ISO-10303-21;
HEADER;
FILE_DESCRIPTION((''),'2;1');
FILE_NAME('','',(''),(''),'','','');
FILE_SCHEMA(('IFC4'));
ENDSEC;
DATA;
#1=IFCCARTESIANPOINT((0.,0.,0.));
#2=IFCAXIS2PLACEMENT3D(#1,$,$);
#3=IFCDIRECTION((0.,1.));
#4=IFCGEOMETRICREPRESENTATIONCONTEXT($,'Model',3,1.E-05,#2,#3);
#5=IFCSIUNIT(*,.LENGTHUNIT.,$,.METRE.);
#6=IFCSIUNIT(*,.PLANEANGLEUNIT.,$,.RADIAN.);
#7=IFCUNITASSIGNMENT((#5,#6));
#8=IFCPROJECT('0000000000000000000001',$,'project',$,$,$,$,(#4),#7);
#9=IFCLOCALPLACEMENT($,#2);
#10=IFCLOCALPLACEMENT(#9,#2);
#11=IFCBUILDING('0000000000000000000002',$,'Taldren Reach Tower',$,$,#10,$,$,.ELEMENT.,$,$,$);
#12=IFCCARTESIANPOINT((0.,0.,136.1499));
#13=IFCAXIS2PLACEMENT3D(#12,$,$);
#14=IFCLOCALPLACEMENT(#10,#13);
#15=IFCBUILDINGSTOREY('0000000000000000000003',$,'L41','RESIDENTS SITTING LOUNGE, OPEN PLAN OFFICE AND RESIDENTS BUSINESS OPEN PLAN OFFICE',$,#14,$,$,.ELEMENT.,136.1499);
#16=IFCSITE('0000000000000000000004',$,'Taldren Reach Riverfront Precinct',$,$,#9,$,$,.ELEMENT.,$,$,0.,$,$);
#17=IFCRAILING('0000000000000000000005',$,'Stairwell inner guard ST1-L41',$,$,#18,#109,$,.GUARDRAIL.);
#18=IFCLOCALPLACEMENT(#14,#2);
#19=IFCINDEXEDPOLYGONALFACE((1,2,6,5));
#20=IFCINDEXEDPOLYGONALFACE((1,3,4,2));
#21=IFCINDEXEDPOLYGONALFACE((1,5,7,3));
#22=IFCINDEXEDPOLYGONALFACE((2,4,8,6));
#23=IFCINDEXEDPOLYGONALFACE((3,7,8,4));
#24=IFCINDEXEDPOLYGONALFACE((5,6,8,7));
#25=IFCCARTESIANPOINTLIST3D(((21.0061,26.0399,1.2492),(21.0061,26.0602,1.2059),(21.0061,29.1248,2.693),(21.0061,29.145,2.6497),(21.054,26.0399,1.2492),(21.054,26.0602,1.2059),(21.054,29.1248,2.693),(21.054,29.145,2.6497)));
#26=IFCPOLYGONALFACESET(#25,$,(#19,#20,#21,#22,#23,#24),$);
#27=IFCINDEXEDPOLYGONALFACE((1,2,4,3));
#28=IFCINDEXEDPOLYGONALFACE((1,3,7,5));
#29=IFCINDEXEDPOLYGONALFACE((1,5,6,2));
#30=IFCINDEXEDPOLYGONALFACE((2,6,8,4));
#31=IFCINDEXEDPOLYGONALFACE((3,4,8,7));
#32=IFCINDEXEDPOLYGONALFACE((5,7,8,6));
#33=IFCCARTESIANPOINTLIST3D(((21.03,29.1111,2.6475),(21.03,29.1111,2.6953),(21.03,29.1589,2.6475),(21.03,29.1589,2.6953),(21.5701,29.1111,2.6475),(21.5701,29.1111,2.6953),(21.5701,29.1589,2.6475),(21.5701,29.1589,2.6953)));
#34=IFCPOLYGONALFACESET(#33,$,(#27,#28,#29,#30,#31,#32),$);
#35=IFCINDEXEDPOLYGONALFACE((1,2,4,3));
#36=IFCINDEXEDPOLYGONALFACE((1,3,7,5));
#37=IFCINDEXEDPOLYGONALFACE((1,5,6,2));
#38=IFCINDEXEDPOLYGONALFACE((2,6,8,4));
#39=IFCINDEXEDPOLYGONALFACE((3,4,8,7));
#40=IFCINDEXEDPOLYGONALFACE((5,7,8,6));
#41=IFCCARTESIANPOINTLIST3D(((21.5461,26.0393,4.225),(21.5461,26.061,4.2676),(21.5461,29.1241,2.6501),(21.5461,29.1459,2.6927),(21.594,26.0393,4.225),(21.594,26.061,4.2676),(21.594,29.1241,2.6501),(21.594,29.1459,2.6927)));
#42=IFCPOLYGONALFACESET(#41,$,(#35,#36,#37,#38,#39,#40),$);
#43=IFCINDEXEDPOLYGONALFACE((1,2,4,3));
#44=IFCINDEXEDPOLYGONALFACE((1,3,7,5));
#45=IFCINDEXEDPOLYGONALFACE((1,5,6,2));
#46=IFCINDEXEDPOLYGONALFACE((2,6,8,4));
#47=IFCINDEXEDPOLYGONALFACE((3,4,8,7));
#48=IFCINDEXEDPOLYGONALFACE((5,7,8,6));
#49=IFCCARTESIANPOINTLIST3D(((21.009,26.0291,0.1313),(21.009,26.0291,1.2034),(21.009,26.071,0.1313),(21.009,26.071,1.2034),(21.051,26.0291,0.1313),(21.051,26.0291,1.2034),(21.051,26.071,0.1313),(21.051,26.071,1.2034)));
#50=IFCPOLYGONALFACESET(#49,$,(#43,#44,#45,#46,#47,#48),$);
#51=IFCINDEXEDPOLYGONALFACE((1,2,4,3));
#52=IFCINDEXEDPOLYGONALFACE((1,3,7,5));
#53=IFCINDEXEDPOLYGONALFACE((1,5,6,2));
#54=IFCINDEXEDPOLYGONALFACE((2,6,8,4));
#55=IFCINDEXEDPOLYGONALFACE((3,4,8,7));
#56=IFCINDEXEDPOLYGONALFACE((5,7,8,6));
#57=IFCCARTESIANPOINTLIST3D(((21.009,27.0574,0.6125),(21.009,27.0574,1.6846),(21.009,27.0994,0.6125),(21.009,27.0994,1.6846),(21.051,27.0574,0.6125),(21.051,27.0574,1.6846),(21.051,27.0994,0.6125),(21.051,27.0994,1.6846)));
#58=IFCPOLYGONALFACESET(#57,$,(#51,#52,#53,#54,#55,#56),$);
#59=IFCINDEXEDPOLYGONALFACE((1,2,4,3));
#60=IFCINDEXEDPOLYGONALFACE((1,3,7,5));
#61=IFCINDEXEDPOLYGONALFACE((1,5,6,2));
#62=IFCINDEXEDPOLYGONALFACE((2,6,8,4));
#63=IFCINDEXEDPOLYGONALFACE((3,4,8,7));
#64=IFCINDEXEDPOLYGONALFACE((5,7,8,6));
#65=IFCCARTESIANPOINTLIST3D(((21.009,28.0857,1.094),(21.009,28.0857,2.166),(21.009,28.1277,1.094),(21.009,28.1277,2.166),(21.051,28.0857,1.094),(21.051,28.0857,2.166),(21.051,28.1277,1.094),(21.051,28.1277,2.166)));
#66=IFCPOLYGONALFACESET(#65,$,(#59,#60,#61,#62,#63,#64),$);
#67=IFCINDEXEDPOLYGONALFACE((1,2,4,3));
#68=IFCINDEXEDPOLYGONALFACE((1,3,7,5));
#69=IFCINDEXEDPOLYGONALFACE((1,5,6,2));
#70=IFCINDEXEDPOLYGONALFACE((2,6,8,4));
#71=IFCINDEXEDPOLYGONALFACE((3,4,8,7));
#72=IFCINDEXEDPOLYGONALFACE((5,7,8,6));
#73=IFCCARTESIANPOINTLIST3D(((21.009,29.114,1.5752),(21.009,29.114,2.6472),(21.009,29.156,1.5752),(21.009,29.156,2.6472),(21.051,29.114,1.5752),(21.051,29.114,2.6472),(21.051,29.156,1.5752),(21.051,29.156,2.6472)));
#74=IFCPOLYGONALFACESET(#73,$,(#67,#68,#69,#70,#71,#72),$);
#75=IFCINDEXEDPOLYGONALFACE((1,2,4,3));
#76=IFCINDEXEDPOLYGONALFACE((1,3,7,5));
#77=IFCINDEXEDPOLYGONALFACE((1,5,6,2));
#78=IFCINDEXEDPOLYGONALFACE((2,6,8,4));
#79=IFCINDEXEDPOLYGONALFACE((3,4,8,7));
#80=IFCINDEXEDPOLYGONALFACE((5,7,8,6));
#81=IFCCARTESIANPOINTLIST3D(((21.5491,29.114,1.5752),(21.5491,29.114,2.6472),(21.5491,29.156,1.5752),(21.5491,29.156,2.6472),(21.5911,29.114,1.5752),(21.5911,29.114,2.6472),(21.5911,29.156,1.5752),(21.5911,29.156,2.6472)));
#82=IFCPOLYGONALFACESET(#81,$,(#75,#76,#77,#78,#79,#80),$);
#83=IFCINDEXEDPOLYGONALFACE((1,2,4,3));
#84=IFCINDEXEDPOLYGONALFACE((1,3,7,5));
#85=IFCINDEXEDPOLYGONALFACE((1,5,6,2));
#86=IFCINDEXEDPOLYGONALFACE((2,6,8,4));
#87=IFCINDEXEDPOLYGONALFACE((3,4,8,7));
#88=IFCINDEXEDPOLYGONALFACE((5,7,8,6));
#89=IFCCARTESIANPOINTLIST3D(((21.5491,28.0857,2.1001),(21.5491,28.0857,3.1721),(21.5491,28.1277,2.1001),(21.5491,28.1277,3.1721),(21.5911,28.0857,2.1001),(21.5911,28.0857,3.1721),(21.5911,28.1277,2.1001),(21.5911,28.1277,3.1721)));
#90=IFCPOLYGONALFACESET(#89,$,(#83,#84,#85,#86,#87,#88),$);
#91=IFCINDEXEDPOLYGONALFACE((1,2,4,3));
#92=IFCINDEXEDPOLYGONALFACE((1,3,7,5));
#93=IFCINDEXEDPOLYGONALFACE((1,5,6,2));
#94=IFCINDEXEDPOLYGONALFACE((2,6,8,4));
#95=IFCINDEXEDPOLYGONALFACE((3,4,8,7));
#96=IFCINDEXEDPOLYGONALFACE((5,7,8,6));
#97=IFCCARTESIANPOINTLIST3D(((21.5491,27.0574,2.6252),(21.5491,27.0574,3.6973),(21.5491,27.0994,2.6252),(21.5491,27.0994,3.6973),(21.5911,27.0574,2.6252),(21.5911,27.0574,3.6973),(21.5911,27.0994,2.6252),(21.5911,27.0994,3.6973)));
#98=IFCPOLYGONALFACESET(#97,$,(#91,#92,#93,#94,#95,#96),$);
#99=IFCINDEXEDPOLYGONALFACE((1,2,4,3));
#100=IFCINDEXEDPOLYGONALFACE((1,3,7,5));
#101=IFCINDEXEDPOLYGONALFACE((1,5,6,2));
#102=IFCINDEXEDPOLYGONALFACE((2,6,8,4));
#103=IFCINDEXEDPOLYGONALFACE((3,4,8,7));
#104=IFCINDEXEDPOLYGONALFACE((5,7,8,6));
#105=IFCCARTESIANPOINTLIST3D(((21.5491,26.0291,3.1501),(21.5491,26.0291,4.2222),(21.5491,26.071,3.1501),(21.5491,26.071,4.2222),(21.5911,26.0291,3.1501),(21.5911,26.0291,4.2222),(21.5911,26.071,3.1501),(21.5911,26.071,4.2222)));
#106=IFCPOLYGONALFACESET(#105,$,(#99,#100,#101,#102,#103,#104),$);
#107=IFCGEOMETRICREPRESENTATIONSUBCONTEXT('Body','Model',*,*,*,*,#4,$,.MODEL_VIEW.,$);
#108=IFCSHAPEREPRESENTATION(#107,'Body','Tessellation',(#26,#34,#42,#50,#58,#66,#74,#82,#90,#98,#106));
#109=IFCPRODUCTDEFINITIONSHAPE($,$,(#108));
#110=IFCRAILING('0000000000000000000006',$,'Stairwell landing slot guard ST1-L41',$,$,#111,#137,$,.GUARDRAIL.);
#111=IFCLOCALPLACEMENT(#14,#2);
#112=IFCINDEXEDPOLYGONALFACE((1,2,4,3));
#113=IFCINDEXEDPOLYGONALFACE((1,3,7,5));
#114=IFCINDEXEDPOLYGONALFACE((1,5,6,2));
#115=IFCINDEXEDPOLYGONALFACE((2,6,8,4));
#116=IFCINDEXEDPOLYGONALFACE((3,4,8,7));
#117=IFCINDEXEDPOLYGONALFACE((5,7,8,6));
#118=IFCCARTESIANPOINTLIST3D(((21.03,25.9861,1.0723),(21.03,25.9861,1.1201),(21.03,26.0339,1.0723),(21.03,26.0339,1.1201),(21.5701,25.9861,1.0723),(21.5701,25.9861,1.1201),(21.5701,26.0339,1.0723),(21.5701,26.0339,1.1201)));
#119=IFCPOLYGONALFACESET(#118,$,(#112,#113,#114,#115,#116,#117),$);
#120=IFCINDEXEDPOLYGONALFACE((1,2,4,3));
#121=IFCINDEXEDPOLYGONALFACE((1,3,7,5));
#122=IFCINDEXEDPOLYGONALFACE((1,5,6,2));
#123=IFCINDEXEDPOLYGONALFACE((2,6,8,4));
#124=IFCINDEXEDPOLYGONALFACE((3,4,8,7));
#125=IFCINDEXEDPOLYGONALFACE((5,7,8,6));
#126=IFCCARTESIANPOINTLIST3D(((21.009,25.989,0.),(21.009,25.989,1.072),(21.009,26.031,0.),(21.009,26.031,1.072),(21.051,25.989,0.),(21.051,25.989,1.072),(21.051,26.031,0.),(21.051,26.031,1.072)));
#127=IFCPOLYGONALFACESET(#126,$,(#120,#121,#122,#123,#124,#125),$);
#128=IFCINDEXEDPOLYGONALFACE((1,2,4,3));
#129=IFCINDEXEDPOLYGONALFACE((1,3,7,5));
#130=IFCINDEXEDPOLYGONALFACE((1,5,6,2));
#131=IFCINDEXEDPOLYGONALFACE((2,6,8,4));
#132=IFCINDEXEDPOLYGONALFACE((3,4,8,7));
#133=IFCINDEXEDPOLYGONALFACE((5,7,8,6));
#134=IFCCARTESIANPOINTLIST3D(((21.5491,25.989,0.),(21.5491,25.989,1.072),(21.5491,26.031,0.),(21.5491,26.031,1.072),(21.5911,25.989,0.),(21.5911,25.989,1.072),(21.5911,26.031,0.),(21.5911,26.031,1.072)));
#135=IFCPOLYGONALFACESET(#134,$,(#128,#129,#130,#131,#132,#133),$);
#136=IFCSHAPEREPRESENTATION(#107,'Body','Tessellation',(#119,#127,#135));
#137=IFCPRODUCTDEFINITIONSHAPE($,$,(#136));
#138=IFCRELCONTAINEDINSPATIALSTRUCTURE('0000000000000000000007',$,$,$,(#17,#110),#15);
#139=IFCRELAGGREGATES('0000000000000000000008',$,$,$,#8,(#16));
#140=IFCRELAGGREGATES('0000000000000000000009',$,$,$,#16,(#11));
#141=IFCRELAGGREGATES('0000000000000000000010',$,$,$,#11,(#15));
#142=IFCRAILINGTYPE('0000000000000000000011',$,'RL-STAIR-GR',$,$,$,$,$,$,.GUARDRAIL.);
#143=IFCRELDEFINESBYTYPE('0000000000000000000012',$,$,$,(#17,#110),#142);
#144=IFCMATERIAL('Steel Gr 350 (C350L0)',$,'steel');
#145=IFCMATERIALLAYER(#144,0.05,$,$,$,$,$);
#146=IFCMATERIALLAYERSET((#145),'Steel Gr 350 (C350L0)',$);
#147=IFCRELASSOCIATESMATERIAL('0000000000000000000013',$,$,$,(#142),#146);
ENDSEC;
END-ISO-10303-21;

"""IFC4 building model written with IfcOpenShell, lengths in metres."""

from ifc_helpers import new_model, si_unit, direction, frame, origin, origin_2d, place, context, subcontext, project, spatial, rectangle, extrude, material, layer, layer_set, type_object, element, save


model = new_model("IFC4")

# Units and contexts
model_context = context("Model", 3, precision=1e-05, world=origin(), true_north=direction((0.0, 1.0)))
body_context = subcontext(model_context, "Body", "Model", "MODEL_VIEW")
ifc_project = project(units=[si_unit("LENGTHUNIT", "METRE"), si_unit("PLANEANGLEUNIT", "RADIAN")], contexts=[model_context])

# Site, building, storey
site_placement = place(None, origin())
site = spatial("IfcSite", under=ifc_project, at=site_placement, Name="Taldren Reach Riverfront Precinct", CompositionType="ELEMENT", RefElevation=0.0)
building_placement = place(site_placement, origin())
building = spatial("IfcBuilding", under=site, at=building_placement, Name="Taldren Reach Tower", CompositionType="ELEMENT")
storey_placement = place(building_placement, frame((0.0, 0.0, 136.1499)))
storey = spatial("IfcBuildingStorey", under=building, at=storey_placement, Name="L41", Description="RESIDENTS SITTING LOUNGE, OPEN PLAN OFFICE AND RESIDENTS BUSINESS OPEN PLAN OFFICE", CompositionType="ELEMENT", Elevation=136.1499)

# Shared definitions
ifc_material_1 = material(Name="Steel Gr 350 (C350L0)", Category="steel")

# Railings
ifc_layer_1 = layer(ifc_material_1, 0.05)
ifc_layer_set_1 = layer_set([ifc_layer_1], Name="Steel Gr 350 (C350L0)")
railing_type_1 = type_object("IfcRailingType", Name="RL-STAIR-GR", PredefinedType="GUARDRAIL", material=ifc_layer_set_1)
railing_1_placement = place(storey_placement, frame((21.03, 26.05, 0.1313)))
element("IfcRailing", 1, at=railing_1_placement, inside=storey, type_object=railing_type_1, Name="Stairwell inner guard ST1-L41", PredefinedType="GUARDRAIL", context=body_context, shape_type="SweptSolid", body=[
    extrude(rectangle(XDim=0.0479, YDim=0.0479, at=origin_2d()), frame((0.0, 0.0, 1.0962), z_axis=(0.0, 0.90571, 0.423898), x_axis=(-1.0, 0.0, 0.0)), (0.0, 0.0, 1.0), 3.406),
    extrude(rectangle(XDim=0.0479, YDim=0.0479, at=origin_2d()), frame((0.0, 3.085, 2.54), z_axis=(1.0, 0.0, 0.0), x_axis=(0.0, 1.0, 0.0)), (0.0, 0.0, 1.0), 0.54),
    extrude(rectangle(XDim=0.0479, YDim=0.0479, at=origin_2d()), frame((0.54, 3.085, 2.54), z_axis=(0.0, -0.890646, 0.454697), x_axis=(1.0, 0.0, 0.0)), (0.0, 0.0, 1.0), 3.4636),
    extrude(rectangle(XDim=0.042, YDim=0.042, at=origin_2d()), origin(), (0.0, 0.0, 1.0), 1.072),
    extrude(rectangle(XDim=0.042, YDim=0.042, at=origin_2d()), frame((0.0, 1.0283, 0.4812)), (0.0, 0.0, 1.0), 1.072),
    extrude(rectangle(XDim=0.042, YDim=0.042, at=origin_2d()), frame((0.0, 2.0566, 0.9626)), (0.0, 0.0, 1.0), 1.072),
    extrude(rectangle(XDim=0.042, YDim=0.042, at=origin_2d()), frame((0.0, 3.085, 1.4438)), (0.0, 0.0, 1.0), 1.072),
    extrude(rectangle(XDim=0.042, YDim=0.042, at=origin_2d()), frame((0.54, 3.085, 1.4438)), (0.0, 0.0, 1.0), 1.072),
    extrude(rectangle(XDim=0.042, YDim=0.042, at=origin_2d()), frame((0.54, 2.0566, 1.9688)), (0.0, 0.0, 1.0), 1.072),
    extrude(rectangle(XDim=0.042, YDim=0.042, at=origin_2d()), frame((0.54, 1.0283, 2.4939)), (0.0, 0.0, 1.0), 1.072),
    extrude(rectangle(XDim=0.042, YDim=0.042, at=origin_2d()), frame((0.54, 0.0, 3.0188)), (0.0, 0.0, 1.0), 1.072),
])
railing_2_placement = place(storey_placement, frame((21.03, 26.01, 0.0)))
element("IfcRailing", 2, at=railing_2_placement, inside=storey, type_object=railing_type_1, Name="Stairwell landing slot guard ST1-L41", PredefinedType="GUARDRAIL", context=body_context, shape_type="SweptSolid", body=[
    extrude(rectangle(XDim=0.0479, YDim=0.0479, at=origin_2d()), frame((0.0, 0.0, 1.0962), z_axis=(1.0, 0.0, 0.0), x_axis=(0.0, 1.0, 0.0)), (0.0, 0.0, 1.0), 0.54),
    extrude(rectangle(XDim=0.042, YDim=0.042, at=origin_2d()), origin(), (0.0, 0.0, 1.0), 1.072),
    extrude(rectangle(XDim=0.042, YDim=0.042, at=origin_2d()), frame((0.54, 0.0, 0.0)), (0.0, 0.0, 1.0), 1.072),
])

save(model, "model.ifc")
